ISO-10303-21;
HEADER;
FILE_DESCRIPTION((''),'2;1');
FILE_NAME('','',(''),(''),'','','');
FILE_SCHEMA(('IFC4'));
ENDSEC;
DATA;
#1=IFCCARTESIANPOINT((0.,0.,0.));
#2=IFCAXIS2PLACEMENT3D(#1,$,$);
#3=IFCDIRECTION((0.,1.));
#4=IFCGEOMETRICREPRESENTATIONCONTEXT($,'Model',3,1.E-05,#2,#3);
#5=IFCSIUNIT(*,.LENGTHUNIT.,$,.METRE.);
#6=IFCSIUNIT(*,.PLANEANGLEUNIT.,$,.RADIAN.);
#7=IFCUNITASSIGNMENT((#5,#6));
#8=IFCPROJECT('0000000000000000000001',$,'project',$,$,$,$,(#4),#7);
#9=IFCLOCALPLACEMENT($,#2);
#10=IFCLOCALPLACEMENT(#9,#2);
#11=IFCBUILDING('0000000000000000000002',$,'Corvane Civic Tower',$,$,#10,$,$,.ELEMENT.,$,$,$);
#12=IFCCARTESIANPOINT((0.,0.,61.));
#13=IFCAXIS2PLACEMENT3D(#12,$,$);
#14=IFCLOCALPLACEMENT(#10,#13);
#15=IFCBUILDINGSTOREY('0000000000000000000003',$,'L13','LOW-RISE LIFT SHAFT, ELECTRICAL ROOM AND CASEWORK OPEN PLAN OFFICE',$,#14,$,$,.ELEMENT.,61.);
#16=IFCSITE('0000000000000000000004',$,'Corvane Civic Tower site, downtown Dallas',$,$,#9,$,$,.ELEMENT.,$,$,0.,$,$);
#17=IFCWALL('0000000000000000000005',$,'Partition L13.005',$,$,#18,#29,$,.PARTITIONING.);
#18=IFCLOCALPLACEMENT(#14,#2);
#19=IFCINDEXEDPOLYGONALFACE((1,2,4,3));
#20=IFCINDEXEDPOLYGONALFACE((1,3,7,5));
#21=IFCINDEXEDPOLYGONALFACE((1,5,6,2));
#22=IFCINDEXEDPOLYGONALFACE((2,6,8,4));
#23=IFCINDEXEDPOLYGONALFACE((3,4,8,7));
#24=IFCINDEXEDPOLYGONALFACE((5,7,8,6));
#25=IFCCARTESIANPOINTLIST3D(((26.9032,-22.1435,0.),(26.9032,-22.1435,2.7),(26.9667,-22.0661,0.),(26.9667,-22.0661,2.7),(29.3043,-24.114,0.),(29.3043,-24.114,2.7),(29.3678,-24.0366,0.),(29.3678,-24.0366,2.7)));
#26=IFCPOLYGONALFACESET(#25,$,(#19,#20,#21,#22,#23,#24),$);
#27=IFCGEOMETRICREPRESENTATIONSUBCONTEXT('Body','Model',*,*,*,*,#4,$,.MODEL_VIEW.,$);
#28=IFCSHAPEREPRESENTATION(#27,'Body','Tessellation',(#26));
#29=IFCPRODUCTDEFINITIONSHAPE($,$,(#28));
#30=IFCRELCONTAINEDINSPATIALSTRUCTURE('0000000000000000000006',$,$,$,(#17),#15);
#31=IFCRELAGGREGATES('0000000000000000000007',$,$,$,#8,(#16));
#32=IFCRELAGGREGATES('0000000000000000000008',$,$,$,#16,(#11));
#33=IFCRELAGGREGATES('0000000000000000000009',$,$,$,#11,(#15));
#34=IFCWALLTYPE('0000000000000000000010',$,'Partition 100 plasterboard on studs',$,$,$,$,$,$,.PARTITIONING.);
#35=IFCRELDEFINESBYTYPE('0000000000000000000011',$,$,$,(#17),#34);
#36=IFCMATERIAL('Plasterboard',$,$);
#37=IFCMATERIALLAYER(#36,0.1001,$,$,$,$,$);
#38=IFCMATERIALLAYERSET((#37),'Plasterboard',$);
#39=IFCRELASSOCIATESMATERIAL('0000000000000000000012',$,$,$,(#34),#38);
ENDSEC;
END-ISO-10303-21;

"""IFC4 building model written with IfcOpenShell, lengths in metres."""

from ifc_helpers import new_model, si_unit, direction, frame, frame_2d, origin, place, context, subcontext, project, spatial, rectangle, extrude, material, layer, layer_set, type_object, element, save


model = new_model("IFC4")

# Units and contexts
model_context = context("Model", 3, precision=1e-05, world=origin(), true_north=direction((0.0, 1.0)))
body_context = subcontext(model_context, "Body", "Model", "MODEL_VIEW")
ifc_project = project(units=[si_unit("LENGTHUNIT", "METRE"), si_unit("PLANEANGLEUNIT", "RADIAN")], contexts=[model_context])

# Site, building, storey
site_placement = place(None, origin())
site = spatial("IfcSite", under=ifc_project, at=site_placement, Name="Corvane Civic Tower site, downtown Dallas", CompositionType="ELEMENT", RefElevation=0.0)
building_placement = place(site_placement, origin())
building = spatial("IfcBuilding", under=site, at=building_placement, Name="Corvane Civic Tower", CompositionType="ELEMENT")
storey_placement = place(building_placement, frame((0.0, 0.0, 61.0)))
storey = spatial("IfcBuildingStorey", under=building, at=storey_placement, Name="L13", Description="LOW-RISE LIFT SHAFT, ELECTRICAL ROOM AND CASEWORK OPEN PLAN OFFICE", CompositionType="ELEMENT", Elevation=61.0)

# Wall
ifc_material_1 = material(Name="Plasterboard")
ifc_layer_1 = layer(ifc_material_1, 0.1001)
ifc_layer_set_1 = layer_set([ifc_layer_1], Name="Plasterboard")
wall_type = type_object("IfcWallType", Name="Partition 100 plasterboard on studs", PredefinedType="PARTITIONING", material=ifc_layer_set_1)
wall_placement = place(storey_placement, frame((26.9348, -22.1047, 0.0), z_axis=(0.0, 0.0, 1.0), x_axis=(0.773025, -0.634376, 0.0)))
element("IfcWall", 1, at=wall_placement, inside=storey, type_object=wall_type, Name="Partition L13.005", PredefinedType="PARTITIONING", context=body_context, shape_type="SweptSolid", body=[
    extrude(rectangle(XDim=3.1062, YDim=0.1001, at=frame_2d((1.5532, 0.0))), origin(), (0.0, 0.0, 1.0), 2.7),
])

save(model, "model.ifc")
